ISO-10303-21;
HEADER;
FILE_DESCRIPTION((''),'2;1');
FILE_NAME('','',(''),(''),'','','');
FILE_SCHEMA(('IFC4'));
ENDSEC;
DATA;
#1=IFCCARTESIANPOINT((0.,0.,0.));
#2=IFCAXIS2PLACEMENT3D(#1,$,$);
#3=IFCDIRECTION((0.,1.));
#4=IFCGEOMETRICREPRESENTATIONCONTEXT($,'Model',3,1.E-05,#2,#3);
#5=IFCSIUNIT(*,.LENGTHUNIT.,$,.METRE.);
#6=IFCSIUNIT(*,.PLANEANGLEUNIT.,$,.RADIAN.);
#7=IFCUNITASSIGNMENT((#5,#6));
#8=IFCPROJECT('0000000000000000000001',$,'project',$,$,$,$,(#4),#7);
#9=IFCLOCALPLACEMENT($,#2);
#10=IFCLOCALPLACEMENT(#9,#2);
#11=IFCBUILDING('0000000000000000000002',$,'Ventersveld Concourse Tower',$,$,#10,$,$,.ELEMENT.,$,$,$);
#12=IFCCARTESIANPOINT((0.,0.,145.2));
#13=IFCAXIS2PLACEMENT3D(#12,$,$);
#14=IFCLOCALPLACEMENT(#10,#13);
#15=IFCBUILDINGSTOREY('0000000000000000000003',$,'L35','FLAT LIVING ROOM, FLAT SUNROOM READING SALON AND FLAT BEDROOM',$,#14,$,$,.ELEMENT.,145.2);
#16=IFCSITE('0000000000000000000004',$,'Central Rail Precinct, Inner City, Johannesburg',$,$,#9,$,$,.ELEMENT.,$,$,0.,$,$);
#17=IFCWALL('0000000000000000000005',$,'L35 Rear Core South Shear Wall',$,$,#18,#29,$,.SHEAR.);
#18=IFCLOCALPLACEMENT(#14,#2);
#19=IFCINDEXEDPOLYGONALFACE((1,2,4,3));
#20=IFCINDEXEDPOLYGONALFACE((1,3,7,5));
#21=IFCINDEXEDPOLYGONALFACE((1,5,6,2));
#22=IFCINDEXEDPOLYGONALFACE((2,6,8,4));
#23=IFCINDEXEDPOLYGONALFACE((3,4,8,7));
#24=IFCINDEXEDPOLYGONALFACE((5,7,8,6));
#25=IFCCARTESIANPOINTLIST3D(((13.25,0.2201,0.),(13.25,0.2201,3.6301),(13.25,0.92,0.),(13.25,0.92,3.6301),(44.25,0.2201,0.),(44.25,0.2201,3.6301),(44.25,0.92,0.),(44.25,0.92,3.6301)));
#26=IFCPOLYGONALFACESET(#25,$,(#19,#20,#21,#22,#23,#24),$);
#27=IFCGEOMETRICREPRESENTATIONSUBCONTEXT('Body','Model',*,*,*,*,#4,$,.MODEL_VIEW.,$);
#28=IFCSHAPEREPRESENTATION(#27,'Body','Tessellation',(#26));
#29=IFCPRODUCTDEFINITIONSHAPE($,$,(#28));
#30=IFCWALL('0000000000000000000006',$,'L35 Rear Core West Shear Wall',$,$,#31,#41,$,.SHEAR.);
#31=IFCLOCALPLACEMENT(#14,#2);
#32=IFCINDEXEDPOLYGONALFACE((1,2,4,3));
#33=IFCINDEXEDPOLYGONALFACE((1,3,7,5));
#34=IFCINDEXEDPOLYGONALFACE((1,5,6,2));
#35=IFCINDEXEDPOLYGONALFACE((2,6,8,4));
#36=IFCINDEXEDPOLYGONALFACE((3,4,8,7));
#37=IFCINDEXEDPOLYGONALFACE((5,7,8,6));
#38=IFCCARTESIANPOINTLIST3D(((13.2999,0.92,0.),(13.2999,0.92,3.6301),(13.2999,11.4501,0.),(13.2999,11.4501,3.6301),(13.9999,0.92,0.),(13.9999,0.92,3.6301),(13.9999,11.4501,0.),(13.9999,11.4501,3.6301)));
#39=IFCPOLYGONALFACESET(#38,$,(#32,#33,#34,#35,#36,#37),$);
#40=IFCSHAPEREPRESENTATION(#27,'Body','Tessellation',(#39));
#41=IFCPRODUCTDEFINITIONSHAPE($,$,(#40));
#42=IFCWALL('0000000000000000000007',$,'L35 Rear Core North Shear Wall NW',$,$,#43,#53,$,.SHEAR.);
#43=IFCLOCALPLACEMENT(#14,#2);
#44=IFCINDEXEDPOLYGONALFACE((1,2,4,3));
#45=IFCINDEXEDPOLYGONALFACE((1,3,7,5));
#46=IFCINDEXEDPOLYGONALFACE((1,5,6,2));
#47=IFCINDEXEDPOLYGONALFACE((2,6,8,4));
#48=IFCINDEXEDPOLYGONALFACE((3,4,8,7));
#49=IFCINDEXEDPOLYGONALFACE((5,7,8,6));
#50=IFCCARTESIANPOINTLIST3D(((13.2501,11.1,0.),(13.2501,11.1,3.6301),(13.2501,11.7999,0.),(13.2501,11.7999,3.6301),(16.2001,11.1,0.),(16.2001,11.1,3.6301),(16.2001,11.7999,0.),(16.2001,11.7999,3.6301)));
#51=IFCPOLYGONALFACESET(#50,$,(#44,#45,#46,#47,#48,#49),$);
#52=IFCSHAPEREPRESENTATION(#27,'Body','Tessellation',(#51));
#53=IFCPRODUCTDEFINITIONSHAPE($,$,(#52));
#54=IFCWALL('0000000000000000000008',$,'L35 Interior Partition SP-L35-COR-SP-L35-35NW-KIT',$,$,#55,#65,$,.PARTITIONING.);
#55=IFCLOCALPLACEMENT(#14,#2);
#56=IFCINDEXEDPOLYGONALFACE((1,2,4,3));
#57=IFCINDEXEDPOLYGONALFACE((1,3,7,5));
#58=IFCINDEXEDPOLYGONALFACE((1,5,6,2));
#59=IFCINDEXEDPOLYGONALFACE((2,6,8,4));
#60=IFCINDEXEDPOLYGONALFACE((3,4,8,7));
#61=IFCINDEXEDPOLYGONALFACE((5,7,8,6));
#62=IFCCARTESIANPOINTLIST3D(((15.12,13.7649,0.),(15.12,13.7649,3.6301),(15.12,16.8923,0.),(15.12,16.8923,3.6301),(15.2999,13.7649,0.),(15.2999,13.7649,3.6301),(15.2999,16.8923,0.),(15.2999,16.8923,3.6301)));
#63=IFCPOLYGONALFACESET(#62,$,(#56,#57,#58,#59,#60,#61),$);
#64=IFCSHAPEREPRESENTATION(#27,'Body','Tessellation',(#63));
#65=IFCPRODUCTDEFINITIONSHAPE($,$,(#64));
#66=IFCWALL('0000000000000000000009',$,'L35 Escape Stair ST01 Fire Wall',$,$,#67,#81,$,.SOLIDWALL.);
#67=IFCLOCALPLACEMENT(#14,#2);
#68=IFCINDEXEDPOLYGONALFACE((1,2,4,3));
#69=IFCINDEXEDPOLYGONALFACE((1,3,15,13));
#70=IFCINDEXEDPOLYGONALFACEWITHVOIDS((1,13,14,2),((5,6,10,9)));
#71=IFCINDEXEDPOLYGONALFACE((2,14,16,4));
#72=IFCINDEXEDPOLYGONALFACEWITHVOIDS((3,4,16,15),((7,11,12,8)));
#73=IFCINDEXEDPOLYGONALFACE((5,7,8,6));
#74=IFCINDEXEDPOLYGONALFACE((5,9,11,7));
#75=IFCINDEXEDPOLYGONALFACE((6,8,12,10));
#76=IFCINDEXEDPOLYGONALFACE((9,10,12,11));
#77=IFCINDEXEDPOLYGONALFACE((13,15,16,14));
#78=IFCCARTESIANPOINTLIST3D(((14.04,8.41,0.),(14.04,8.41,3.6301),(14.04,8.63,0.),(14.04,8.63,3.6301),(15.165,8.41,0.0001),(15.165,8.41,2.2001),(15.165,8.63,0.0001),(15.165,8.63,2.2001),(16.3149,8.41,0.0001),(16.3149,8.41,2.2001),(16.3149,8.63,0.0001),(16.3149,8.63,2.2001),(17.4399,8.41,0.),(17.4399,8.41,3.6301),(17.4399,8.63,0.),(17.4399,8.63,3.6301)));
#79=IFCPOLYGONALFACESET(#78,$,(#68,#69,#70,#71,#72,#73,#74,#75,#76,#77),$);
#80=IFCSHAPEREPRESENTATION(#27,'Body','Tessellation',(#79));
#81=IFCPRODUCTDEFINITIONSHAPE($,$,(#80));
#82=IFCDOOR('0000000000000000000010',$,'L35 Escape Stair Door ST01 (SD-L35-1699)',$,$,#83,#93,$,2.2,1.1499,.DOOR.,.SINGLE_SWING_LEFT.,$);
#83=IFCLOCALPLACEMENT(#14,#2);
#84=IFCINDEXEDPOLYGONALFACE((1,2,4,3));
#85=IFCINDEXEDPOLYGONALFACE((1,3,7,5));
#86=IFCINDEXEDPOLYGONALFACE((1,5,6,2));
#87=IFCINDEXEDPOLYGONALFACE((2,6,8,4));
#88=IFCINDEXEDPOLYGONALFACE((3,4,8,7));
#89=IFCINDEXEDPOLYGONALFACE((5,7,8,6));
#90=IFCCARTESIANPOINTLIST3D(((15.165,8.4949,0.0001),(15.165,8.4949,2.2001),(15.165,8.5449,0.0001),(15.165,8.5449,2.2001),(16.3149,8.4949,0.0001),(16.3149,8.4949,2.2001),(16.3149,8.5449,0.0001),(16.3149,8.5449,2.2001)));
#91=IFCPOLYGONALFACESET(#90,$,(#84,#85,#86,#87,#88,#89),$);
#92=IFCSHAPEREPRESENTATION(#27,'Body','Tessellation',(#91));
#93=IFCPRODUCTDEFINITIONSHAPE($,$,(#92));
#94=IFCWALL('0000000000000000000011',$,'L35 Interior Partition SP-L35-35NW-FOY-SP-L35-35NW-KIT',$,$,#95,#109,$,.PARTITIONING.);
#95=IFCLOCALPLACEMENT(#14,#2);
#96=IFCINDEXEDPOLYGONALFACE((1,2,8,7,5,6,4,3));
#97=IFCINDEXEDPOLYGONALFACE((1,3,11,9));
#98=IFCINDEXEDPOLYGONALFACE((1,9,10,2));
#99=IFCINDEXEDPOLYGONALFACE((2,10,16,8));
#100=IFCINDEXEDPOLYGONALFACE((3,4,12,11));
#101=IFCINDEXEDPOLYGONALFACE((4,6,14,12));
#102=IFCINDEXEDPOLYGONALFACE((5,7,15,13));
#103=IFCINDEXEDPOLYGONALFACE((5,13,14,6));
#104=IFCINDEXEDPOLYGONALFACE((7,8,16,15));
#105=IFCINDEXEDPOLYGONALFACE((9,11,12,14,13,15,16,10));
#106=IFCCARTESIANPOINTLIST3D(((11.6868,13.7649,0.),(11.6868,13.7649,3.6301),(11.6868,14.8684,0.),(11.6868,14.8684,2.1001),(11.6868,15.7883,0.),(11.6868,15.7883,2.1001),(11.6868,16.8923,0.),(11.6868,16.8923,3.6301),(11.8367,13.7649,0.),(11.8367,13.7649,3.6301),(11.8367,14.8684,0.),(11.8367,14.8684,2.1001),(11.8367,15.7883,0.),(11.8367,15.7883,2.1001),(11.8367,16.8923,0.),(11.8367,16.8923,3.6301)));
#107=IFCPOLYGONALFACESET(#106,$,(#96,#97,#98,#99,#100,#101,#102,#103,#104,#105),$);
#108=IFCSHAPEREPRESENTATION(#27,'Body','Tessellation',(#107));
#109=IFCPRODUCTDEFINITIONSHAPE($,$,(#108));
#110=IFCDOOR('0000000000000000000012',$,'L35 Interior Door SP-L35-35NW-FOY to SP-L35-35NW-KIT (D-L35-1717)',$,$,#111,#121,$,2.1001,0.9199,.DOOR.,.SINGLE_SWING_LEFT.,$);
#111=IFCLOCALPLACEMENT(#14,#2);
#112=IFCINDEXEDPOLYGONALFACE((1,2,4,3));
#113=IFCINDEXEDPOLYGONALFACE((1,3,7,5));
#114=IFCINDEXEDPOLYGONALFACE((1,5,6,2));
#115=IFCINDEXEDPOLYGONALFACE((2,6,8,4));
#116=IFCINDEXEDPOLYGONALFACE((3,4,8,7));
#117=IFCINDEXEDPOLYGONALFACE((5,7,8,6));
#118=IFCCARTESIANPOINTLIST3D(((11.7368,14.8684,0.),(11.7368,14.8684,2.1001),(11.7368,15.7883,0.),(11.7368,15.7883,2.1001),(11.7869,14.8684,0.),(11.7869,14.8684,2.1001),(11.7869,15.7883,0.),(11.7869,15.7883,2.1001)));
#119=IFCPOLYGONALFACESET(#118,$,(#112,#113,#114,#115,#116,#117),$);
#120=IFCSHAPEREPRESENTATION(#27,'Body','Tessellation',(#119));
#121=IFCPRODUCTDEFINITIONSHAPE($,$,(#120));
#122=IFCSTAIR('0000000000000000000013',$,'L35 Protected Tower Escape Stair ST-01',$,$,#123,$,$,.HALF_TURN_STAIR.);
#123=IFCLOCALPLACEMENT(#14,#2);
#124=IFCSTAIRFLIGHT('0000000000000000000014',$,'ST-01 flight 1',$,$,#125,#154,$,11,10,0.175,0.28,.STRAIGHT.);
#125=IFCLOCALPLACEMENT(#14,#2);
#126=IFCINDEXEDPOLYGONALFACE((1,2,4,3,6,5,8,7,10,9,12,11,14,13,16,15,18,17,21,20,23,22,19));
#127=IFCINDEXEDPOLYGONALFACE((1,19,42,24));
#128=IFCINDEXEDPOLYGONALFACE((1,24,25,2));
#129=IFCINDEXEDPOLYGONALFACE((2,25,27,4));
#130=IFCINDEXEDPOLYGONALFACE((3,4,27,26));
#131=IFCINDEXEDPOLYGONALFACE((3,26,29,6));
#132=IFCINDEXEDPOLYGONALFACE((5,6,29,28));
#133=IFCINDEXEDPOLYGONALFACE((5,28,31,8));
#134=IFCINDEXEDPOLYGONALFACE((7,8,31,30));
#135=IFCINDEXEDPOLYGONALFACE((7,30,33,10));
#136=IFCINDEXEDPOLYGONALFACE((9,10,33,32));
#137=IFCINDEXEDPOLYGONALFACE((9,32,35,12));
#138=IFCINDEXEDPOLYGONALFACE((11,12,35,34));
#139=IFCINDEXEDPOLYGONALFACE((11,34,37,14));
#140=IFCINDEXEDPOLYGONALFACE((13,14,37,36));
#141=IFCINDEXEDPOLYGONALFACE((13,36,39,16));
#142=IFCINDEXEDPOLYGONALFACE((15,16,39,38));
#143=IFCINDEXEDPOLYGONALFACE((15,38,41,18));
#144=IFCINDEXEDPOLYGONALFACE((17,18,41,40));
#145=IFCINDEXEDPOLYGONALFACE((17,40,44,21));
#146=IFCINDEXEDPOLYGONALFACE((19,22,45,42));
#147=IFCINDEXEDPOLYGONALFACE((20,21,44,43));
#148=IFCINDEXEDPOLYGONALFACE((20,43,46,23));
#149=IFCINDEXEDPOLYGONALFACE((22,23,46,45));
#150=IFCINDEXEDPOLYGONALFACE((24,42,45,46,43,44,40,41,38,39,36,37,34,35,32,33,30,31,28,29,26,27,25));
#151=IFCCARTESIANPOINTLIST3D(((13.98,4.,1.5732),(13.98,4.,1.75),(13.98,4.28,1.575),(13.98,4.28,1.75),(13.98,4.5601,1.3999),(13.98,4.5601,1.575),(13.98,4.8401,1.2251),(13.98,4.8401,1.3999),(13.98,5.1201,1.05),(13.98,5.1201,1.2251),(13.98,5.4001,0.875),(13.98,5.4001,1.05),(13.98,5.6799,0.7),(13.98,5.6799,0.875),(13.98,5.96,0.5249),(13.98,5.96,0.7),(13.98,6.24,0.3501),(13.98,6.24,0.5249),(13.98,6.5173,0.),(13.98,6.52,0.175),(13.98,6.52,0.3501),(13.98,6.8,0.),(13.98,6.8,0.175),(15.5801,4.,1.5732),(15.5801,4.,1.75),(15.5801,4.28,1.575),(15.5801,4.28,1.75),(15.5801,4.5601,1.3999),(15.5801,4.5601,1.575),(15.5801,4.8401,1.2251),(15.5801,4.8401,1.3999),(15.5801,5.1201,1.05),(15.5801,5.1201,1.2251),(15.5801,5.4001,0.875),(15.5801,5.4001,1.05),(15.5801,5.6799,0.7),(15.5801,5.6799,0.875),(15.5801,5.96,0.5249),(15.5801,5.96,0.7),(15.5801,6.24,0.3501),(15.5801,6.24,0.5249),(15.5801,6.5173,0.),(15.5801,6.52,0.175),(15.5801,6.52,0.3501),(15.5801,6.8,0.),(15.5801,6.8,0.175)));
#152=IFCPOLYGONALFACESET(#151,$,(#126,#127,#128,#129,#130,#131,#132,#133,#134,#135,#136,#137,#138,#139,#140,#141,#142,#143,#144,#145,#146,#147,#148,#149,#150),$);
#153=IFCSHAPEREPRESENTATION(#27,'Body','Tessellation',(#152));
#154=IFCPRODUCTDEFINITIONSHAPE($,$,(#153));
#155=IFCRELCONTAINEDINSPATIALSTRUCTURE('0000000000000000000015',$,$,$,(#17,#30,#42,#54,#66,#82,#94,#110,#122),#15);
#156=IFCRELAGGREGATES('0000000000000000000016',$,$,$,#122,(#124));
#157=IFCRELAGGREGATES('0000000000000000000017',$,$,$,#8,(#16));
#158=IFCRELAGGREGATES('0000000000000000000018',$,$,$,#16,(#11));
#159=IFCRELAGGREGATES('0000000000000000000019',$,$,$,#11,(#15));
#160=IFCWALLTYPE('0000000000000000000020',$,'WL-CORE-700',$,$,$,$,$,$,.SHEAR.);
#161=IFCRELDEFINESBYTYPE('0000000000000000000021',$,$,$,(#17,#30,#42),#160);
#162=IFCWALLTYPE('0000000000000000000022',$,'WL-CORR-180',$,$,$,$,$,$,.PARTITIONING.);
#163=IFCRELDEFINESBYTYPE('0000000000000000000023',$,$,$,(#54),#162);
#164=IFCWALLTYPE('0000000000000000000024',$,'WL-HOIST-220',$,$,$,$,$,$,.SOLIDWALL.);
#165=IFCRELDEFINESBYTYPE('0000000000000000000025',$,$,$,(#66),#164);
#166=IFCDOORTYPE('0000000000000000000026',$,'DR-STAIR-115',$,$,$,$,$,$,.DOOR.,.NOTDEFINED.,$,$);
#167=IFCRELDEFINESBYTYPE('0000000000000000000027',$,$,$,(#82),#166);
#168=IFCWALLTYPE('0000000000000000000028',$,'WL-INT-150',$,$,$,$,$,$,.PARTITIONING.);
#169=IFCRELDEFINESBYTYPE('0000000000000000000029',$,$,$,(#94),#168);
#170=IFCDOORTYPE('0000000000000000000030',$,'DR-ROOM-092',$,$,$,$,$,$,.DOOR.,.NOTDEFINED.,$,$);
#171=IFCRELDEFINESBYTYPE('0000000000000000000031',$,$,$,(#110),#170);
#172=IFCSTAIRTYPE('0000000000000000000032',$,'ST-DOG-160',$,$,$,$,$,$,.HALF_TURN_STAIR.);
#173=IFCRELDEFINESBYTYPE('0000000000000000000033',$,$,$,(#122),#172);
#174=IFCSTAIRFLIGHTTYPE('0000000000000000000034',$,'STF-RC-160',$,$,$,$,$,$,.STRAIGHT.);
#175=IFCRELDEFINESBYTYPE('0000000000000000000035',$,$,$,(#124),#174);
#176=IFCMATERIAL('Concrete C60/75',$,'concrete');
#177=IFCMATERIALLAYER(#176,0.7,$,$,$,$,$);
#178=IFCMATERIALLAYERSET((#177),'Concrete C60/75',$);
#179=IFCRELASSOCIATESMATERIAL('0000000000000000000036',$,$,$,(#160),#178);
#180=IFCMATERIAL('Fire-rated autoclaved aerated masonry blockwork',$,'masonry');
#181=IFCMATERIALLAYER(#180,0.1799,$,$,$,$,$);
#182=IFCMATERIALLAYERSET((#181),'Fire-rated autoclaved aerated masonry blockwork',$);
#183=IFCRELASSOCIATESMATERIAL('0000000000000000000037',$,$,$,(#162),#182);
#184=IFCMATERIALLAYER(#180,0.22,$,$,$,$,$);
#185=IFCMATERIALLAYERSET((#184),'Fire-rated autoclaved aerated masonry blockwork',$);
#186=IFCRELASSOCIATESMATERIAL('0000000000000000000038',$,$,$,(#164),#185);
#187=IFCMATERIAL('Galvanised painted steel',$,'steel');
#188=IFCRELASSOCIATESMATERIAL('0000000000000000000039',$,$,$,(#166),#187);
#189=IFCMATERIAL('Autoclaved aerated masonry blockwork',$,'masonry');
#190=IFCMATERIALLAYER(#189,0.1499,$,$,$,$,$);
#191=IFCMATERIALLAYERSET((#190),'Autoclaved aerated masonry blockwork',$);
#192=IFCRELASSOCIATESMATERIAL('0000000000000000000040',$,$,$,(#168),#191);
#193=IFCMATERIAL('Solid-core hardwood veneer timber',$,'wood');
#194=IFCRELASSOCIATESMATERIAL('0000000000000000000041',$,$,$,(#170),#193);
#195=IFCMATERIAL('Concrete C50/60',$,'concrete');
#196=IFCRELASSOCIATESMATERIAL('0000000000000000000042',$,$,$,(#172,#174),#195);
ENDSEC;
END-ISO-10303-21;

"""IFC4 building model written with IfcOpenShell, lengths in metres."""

from ifc_helpers import new_model, si_unit, direction, frame, frame_2d, origin, place, context, subcontext, project, spatial, polyline, rectangle, outline, extrude, material, layer, layer_set, type_object, element, fill, aggregate, save


model = new_model("IFC4")

# Units and contexts
model_context = context("Model", 3, precision=1e-05, world=origin(), true_north=direction((0.0, 1.0)))
body_context = subcontext(model_context, "Body", "Model", "MODEL_VIEW")
ifc_project = project(units=[si_unit("LENGTHUNIT", "METRE"), si_unit("PLANEANGLEUNIT", "RADIAN")], contexts=[model_context])

# Site, building, storey
site_placement = place(None, origin())
site = spatial("IfcSite", under=ifc_project, at=site_placement, Name="Central Rail Precinct, Inner City, Johannesburg", CompositionType="ELEMENT", RefElevation=0.0)
building_placement = place(site_placement, origin())
building = spatial("IfcBuilding", under=site, at=building_placement, Name="Ventersveld Concourse Tower", CompositionType="ELEMENT")
storey_placement = place(building_placement, frame((0.0, 0.0, 145.2)))
storey = spatial("IfcBuildingStorey", under=building, at=storey_placement, Name="L35", Description="FLAT LIVING ROOM, FLAT SUNROOM READING SALON AND FLAT BEDROOM", CompositionType="ELEMENT", Elevation=145.2)

# Shared definitions
ifc_material_1 = material(Name="Concrete C50/60", Category="concrete")

# Walls
ifc_material_2 = material(Name="Concrete C60/75", Category="concrete")
ifc_layer_1 = layer(ifc_material_2, 0.7)
ifc_layer_set_1 = layer_set([ifc_layer_1], Name="Concrete C60/75")
wall_type_1 = type_object("IfcWallType", Name="WL-CORE-700", PredefinedType="SHEAR", material=ifc_layer_set_1)
wall_1_placement = place(storey_placement, frame((13.25, 0.5701, 0.0), z_axis=(0.0, 0.0, 1.0), x_axis=(1.0, 0.0, 0.0)))
element("IfcWall", 1, at=wall_1_placement, inside=storey, type_object=wall_type_1, Name="L35 Rear Core South Shear Wall", PredefinedType="SHEAR", context=body_context, shape_type="SweptSolid", body=[
    extrude(rectangle(XDim=31.0, YDim=0.7, at=frame_2d((15.5, 0.0))), origin(), (0.0, 0.0, 1.0), 3.6301),
])
wall_2_placement = place(storey_placement, frame((13.6499, 0.9199, 0.0), z_axis=(0.0, 0.0, 1.0), x_axis=(0.0, 1.0, 0.0)))
element("IfcWall", 2, at=wall_2_placement, inside=storey, type_object=wall_type_1, Name="L35 Rear Core West Shear Wall", PredefinedType="SHEAR", context=body_context, shape_type="SweptSolid", body=[
    extrude(rectangle(XDim=10.53, YDim=0.7, at=frame_2d((5.2651, 0.0))), origin(), (0.0, 0.0, 1.0), 3.6301),
])
wall_3_placement = place(storey_placement, frame((13.25, 11.45, 0.0), z_axis=(0.0, 0.0, 1.0), x_axis=(1.0, 0.0, 0.0)))
element("IfcWall", 3, at=wall_3_placement, inside=storey, type_object=wall_type_1, Name="L35 Rear Core North Shear Wall NW", PredefinedType="SHEAR", context=body_context, shape_type="SweptSolid", body=[
    extrude(rectangle(XDim=2.95, YDim=0.7, at=frame_2d((1.4751, 0.0))), origin(), (0.0, 0.0, 1.0), 3.6301),
])
ifc_material_3 = material(Name="Fire-rated autoclaved aerated masonry blockwork", Category="masonry")
ifc_layer_2 = layer(ifc_material_3, 0.1799)
ifc_layer_set_2 = layer_set([ifc_layer_2], Name="Fire-rated autoclaved aerated masonry blockwork")
wall_type_2 = type_object("IfcWallType", Name="WL-CORR-180", PredefinedType="PARTITIONING", material=ifc_layer_set_2)
wall_4_placement = place(storey_placement, frame((15.21, 13.7649, 0.0), z_axis=(0.0, 0.0, 1.0), x_axis=(0.0, 1.0, 0.0)))
element("IfcWall", 4, at=wall_4_placement, inside=storey, type_object=wall_type_2, Name="L35 Interior Partition SP-L35-COR-SP-L35-35NW-KIT", PredefinedType="PARTITIONING", context=body_context, shape_type="SweptSolid", body=[
    extrude(rectangle(XDim=3.1274, YDim=0.1799, at=frame_2d((1.5637, 0.0))), origin(), (0.0, 0.0, 1.0), 3.6301),
])

# Walls, openings, doors
ifc_layer_3 = layer(ifc_material_3, 0.22)
ifc_layer_set_3 = layer_set([ifc_layer_3], Name="Fire-rated autoclaved aerated masonry blockwork")
wall_type_3 = type_object("IfcWallType", Name="WL-HOIST-220", PredefinedType="SOLIDWALL", material=ifc_layer_set_3)
wall_5_placement = place(storey_placement, frame((14.04, 8.52, 0.0), z_axis=(0.0, 0.0, 1.0), x_axis=(1.0, 0.0, 0.0)))
wall_5 = element("IfcWall", 5, at=wall_5_placement, inside=storey, type_object=wall_type_3, Name="L35 Escape Stair ST01 Fire Wall", PredefinedType="SOLIDWALL", context=body_context, shape_type="SweptSolid", body=[
    extrude(rectangle(XDim=3.3999, YDim=0.22, at=frame_2d((1.7, 0.0))), origin(), (0.0, 0.0, 1.0), 3.6301),
])
opening_1_placement = place(wall_5_placement, frame((1.125, 0.0, 0.0)))
opening_1 = element("IfcOpeningElement", 6, at=opening_1_placement, cuts=wall_5, PredefinedType="OPENING", context=body_context, shape_type="SweptSolid", body=[
    extrude(rectangle(XDim=1.1499, YDim=2.2, at=frame_2d((0.575, 1.1001))), frame((0.0, 0.1201, 0.0), z_axis=(0.0, -1.0, 0.0), x_axis=(1.0, 0.0, 0.0)), (0.0, 0.0, 1.0), 0.24),
])
ifc_material_4 = material(Name="Galvanised painted steel", Category="steel")
door_type_1 = type_object("IfcDoorType", Name="DR-STAIR-115", OperationType="NOTDEFINED", PredefinedType="DOOR", material=ifc_material_4)
door_1_placement = place(opening_1_placement, origin())
door_1 = element("IfcDoor", 7, at=door_1_placement, inside=storey, type_object=door_type_1, Name="L35 Escape Stair Door ST01 (SD-L35-1699)", OperationType="SINGLE_SWING_LEFT", OverallHeight=2.2, OverallWidth=1.1499, PredefinedType="DOOR", context=body_context, shape_type="SweptSolid", body=[
    extrude(rectangle(XDim=1.1499, YDim=2.2, at=frame_2d((0.575, 1.1001))), frame((0.0, 0.0249, 0.0), z_axis=(0.0, -1.0, 0.0), x_axis=(1.0, 0.0, 0.0)), (0.0, 0.0, 1.0), 0.05),
])
fill(opening_1, door_1)
ifc_material_5 = material(Name="Autoclaved aerated masonry blockwork", Category="masonry")
ifc_layer_4 = layer(ifc_material_5, 0.1499)
ifc_layer_set_4 = layer_set([ifc_layer_4], Name="Autoclaved aerated masonry blockwork")
wall_type_4 = type_object("IfcWallType", Name="WL-INT-150", PredefinedType="PARTITIONING", material=ifc_layer_set_4)
wall_6_placement = place(storey_placement, frame((11.7617, 13.7649, 0.0), z_axis=(0.0, 0.0, 1.0), x_axis=(0.0, 1.0, 0.0)))
wall_6 = element("IfcWall", 8, at=wall_6_placement, inside=storey, type_object=wall_type_4, Name="L35 Interior Partition SP-L35-35NW-FOY-SP-L35-35NW-KIT", PredefinedType="PARTITIONING", context=body_context, shape_type="SweptSolid", body=[
    extrude(rectangle(XDim=3.1274, YDim=0.1499, at=frame_2d((1.5637, 0.0))), origin(), (0.0, 0.0, 1.0), 3.6301),
])
opening_2_placement = place(wall_6_placement, frame((1.1035, 0.0, 0.0)))
opening_2 = element("IfcOpeningElement", 9, at=opening_2_placement, cuts=wall_6, PredefinedType="OPENING", context=body_context, shape_type="SweptSolid", body=[
    extrude(rectangle(XDim=0.9199, YDim=2.1001, at=frame_2d((0.46, 1.05))), frame((0.0, 0.085, 0.0), z_axis=(0.0, -1.0, 0.0), x_axis=(1.0, 0.0, 0.0)), (0.0, 0.0, 1.0), 0.1699),
])
ifc_material_6 = material(Name="Solid-core hardwood veneer timber", Category="wood")
door_type_2 = type_object("IfcDoorType", Name="DR-ROOM-092", OperationType="NOTDEFINED", PredefinedType="DOOR", material=ifc_material_6)
door_2_placement = place(opening_2_placement, origin())
door_2 = element("IfcDoor", 10, at=door_2_placement, inside=storey, type_object=door_type_2, Name="L35 Interior Door SP-L35-35NW-FOY to SP-L35-35NW-KIT (D-L35-1717)", OperationType="SINGLE_SWING_LEFT", OverallHeight=2.1001, OverallWidth=0.9199, PredefinedType="DOOR", context=body_context, shape_type="SweptSolid", body=[
    extrude(rectangle(XDim=0.9199, YDim=2.1001, at=frame_2d((0.46, 1.05))), frame((0.0, 0.0249, 0.0), z_axis=(0.0, -1.0, 0.0), x_axis=(1.0, 0.0, 0.0)), (0.0, 0.0, 1.0), 0.05),
])
fill(opening_2, door_2)

# Stair, stair flight
stair_type = type_object("IfcStairType", Name="ST-DOG-160", PredefinedType="HALF_TURN_STAIR", material=ifc_material_1)
stair_placement = place(storey_placement, origin())
stair = element("IfcStair", 11, at=stair_placement, inside=storey, type_object=stair_type, Name="L35 Protected Tower Escape Stair ST-01", PredefinedType="HALF_TURN_STAIR")
stair_flight_type = type_object("IfcStairFlightType", Name="STF-RC-160", PredefinedType="STRAIGHT", material=ifc_material_1)
stair_flight_placement = place(storey_placement, frame((14.78, 6.8, 0.0), z_axis=(0.0, 0.0, 1.0), x_axis=(0.0, -1.0, 0.0)))
stair_flight = element("IfcStairFlight", 12, at=stair_flight_placement, type_object=stair_flight_type, Name="ST-01 flight 1", NumberOfRisers=11, NumberOfTreads=10, PredefinedType="STRAIGHT", RiserHeight=0.175, TreadLength=0.28, context=body_context, shape_type="SweptSolid", body=[
    extrude(outline(polyline([(0.0, 0.0), (0.0, 0.175), (0.28, 0.175), (0.28, 0.3501), (0.5601, 0.3501), (0.5601, 0.5249), (0.8401, 0.5249), (0.8401, 0.7), (1.1201, 0.7), (1.1201, 0.875), (1.3999, 0.875), (1.3999, 1.05), (1.6799, 1.05), (1.6799, 1.2251), (1.96, 1.2251), (1.96, 1.3999), (2.24, 1.3999), (2.24, 1.575), (2.52, 1.575), (2.52, 1.75), (2.8, 1.75), (2.8, 1.925), (2.8, 1.5732), (0.2827, 0.0), (0.0, 0.0)])), frame((0.0, 0.8, 0.0), z_axis=(0.0, -1.0, 0.0), x_axis=(1.0, 0.0, 0.0)), (0.0, 0.0, 1.0), 1.6001),
])
aggregate(stair, [stair_flight])

save(model, "model.ifc")
